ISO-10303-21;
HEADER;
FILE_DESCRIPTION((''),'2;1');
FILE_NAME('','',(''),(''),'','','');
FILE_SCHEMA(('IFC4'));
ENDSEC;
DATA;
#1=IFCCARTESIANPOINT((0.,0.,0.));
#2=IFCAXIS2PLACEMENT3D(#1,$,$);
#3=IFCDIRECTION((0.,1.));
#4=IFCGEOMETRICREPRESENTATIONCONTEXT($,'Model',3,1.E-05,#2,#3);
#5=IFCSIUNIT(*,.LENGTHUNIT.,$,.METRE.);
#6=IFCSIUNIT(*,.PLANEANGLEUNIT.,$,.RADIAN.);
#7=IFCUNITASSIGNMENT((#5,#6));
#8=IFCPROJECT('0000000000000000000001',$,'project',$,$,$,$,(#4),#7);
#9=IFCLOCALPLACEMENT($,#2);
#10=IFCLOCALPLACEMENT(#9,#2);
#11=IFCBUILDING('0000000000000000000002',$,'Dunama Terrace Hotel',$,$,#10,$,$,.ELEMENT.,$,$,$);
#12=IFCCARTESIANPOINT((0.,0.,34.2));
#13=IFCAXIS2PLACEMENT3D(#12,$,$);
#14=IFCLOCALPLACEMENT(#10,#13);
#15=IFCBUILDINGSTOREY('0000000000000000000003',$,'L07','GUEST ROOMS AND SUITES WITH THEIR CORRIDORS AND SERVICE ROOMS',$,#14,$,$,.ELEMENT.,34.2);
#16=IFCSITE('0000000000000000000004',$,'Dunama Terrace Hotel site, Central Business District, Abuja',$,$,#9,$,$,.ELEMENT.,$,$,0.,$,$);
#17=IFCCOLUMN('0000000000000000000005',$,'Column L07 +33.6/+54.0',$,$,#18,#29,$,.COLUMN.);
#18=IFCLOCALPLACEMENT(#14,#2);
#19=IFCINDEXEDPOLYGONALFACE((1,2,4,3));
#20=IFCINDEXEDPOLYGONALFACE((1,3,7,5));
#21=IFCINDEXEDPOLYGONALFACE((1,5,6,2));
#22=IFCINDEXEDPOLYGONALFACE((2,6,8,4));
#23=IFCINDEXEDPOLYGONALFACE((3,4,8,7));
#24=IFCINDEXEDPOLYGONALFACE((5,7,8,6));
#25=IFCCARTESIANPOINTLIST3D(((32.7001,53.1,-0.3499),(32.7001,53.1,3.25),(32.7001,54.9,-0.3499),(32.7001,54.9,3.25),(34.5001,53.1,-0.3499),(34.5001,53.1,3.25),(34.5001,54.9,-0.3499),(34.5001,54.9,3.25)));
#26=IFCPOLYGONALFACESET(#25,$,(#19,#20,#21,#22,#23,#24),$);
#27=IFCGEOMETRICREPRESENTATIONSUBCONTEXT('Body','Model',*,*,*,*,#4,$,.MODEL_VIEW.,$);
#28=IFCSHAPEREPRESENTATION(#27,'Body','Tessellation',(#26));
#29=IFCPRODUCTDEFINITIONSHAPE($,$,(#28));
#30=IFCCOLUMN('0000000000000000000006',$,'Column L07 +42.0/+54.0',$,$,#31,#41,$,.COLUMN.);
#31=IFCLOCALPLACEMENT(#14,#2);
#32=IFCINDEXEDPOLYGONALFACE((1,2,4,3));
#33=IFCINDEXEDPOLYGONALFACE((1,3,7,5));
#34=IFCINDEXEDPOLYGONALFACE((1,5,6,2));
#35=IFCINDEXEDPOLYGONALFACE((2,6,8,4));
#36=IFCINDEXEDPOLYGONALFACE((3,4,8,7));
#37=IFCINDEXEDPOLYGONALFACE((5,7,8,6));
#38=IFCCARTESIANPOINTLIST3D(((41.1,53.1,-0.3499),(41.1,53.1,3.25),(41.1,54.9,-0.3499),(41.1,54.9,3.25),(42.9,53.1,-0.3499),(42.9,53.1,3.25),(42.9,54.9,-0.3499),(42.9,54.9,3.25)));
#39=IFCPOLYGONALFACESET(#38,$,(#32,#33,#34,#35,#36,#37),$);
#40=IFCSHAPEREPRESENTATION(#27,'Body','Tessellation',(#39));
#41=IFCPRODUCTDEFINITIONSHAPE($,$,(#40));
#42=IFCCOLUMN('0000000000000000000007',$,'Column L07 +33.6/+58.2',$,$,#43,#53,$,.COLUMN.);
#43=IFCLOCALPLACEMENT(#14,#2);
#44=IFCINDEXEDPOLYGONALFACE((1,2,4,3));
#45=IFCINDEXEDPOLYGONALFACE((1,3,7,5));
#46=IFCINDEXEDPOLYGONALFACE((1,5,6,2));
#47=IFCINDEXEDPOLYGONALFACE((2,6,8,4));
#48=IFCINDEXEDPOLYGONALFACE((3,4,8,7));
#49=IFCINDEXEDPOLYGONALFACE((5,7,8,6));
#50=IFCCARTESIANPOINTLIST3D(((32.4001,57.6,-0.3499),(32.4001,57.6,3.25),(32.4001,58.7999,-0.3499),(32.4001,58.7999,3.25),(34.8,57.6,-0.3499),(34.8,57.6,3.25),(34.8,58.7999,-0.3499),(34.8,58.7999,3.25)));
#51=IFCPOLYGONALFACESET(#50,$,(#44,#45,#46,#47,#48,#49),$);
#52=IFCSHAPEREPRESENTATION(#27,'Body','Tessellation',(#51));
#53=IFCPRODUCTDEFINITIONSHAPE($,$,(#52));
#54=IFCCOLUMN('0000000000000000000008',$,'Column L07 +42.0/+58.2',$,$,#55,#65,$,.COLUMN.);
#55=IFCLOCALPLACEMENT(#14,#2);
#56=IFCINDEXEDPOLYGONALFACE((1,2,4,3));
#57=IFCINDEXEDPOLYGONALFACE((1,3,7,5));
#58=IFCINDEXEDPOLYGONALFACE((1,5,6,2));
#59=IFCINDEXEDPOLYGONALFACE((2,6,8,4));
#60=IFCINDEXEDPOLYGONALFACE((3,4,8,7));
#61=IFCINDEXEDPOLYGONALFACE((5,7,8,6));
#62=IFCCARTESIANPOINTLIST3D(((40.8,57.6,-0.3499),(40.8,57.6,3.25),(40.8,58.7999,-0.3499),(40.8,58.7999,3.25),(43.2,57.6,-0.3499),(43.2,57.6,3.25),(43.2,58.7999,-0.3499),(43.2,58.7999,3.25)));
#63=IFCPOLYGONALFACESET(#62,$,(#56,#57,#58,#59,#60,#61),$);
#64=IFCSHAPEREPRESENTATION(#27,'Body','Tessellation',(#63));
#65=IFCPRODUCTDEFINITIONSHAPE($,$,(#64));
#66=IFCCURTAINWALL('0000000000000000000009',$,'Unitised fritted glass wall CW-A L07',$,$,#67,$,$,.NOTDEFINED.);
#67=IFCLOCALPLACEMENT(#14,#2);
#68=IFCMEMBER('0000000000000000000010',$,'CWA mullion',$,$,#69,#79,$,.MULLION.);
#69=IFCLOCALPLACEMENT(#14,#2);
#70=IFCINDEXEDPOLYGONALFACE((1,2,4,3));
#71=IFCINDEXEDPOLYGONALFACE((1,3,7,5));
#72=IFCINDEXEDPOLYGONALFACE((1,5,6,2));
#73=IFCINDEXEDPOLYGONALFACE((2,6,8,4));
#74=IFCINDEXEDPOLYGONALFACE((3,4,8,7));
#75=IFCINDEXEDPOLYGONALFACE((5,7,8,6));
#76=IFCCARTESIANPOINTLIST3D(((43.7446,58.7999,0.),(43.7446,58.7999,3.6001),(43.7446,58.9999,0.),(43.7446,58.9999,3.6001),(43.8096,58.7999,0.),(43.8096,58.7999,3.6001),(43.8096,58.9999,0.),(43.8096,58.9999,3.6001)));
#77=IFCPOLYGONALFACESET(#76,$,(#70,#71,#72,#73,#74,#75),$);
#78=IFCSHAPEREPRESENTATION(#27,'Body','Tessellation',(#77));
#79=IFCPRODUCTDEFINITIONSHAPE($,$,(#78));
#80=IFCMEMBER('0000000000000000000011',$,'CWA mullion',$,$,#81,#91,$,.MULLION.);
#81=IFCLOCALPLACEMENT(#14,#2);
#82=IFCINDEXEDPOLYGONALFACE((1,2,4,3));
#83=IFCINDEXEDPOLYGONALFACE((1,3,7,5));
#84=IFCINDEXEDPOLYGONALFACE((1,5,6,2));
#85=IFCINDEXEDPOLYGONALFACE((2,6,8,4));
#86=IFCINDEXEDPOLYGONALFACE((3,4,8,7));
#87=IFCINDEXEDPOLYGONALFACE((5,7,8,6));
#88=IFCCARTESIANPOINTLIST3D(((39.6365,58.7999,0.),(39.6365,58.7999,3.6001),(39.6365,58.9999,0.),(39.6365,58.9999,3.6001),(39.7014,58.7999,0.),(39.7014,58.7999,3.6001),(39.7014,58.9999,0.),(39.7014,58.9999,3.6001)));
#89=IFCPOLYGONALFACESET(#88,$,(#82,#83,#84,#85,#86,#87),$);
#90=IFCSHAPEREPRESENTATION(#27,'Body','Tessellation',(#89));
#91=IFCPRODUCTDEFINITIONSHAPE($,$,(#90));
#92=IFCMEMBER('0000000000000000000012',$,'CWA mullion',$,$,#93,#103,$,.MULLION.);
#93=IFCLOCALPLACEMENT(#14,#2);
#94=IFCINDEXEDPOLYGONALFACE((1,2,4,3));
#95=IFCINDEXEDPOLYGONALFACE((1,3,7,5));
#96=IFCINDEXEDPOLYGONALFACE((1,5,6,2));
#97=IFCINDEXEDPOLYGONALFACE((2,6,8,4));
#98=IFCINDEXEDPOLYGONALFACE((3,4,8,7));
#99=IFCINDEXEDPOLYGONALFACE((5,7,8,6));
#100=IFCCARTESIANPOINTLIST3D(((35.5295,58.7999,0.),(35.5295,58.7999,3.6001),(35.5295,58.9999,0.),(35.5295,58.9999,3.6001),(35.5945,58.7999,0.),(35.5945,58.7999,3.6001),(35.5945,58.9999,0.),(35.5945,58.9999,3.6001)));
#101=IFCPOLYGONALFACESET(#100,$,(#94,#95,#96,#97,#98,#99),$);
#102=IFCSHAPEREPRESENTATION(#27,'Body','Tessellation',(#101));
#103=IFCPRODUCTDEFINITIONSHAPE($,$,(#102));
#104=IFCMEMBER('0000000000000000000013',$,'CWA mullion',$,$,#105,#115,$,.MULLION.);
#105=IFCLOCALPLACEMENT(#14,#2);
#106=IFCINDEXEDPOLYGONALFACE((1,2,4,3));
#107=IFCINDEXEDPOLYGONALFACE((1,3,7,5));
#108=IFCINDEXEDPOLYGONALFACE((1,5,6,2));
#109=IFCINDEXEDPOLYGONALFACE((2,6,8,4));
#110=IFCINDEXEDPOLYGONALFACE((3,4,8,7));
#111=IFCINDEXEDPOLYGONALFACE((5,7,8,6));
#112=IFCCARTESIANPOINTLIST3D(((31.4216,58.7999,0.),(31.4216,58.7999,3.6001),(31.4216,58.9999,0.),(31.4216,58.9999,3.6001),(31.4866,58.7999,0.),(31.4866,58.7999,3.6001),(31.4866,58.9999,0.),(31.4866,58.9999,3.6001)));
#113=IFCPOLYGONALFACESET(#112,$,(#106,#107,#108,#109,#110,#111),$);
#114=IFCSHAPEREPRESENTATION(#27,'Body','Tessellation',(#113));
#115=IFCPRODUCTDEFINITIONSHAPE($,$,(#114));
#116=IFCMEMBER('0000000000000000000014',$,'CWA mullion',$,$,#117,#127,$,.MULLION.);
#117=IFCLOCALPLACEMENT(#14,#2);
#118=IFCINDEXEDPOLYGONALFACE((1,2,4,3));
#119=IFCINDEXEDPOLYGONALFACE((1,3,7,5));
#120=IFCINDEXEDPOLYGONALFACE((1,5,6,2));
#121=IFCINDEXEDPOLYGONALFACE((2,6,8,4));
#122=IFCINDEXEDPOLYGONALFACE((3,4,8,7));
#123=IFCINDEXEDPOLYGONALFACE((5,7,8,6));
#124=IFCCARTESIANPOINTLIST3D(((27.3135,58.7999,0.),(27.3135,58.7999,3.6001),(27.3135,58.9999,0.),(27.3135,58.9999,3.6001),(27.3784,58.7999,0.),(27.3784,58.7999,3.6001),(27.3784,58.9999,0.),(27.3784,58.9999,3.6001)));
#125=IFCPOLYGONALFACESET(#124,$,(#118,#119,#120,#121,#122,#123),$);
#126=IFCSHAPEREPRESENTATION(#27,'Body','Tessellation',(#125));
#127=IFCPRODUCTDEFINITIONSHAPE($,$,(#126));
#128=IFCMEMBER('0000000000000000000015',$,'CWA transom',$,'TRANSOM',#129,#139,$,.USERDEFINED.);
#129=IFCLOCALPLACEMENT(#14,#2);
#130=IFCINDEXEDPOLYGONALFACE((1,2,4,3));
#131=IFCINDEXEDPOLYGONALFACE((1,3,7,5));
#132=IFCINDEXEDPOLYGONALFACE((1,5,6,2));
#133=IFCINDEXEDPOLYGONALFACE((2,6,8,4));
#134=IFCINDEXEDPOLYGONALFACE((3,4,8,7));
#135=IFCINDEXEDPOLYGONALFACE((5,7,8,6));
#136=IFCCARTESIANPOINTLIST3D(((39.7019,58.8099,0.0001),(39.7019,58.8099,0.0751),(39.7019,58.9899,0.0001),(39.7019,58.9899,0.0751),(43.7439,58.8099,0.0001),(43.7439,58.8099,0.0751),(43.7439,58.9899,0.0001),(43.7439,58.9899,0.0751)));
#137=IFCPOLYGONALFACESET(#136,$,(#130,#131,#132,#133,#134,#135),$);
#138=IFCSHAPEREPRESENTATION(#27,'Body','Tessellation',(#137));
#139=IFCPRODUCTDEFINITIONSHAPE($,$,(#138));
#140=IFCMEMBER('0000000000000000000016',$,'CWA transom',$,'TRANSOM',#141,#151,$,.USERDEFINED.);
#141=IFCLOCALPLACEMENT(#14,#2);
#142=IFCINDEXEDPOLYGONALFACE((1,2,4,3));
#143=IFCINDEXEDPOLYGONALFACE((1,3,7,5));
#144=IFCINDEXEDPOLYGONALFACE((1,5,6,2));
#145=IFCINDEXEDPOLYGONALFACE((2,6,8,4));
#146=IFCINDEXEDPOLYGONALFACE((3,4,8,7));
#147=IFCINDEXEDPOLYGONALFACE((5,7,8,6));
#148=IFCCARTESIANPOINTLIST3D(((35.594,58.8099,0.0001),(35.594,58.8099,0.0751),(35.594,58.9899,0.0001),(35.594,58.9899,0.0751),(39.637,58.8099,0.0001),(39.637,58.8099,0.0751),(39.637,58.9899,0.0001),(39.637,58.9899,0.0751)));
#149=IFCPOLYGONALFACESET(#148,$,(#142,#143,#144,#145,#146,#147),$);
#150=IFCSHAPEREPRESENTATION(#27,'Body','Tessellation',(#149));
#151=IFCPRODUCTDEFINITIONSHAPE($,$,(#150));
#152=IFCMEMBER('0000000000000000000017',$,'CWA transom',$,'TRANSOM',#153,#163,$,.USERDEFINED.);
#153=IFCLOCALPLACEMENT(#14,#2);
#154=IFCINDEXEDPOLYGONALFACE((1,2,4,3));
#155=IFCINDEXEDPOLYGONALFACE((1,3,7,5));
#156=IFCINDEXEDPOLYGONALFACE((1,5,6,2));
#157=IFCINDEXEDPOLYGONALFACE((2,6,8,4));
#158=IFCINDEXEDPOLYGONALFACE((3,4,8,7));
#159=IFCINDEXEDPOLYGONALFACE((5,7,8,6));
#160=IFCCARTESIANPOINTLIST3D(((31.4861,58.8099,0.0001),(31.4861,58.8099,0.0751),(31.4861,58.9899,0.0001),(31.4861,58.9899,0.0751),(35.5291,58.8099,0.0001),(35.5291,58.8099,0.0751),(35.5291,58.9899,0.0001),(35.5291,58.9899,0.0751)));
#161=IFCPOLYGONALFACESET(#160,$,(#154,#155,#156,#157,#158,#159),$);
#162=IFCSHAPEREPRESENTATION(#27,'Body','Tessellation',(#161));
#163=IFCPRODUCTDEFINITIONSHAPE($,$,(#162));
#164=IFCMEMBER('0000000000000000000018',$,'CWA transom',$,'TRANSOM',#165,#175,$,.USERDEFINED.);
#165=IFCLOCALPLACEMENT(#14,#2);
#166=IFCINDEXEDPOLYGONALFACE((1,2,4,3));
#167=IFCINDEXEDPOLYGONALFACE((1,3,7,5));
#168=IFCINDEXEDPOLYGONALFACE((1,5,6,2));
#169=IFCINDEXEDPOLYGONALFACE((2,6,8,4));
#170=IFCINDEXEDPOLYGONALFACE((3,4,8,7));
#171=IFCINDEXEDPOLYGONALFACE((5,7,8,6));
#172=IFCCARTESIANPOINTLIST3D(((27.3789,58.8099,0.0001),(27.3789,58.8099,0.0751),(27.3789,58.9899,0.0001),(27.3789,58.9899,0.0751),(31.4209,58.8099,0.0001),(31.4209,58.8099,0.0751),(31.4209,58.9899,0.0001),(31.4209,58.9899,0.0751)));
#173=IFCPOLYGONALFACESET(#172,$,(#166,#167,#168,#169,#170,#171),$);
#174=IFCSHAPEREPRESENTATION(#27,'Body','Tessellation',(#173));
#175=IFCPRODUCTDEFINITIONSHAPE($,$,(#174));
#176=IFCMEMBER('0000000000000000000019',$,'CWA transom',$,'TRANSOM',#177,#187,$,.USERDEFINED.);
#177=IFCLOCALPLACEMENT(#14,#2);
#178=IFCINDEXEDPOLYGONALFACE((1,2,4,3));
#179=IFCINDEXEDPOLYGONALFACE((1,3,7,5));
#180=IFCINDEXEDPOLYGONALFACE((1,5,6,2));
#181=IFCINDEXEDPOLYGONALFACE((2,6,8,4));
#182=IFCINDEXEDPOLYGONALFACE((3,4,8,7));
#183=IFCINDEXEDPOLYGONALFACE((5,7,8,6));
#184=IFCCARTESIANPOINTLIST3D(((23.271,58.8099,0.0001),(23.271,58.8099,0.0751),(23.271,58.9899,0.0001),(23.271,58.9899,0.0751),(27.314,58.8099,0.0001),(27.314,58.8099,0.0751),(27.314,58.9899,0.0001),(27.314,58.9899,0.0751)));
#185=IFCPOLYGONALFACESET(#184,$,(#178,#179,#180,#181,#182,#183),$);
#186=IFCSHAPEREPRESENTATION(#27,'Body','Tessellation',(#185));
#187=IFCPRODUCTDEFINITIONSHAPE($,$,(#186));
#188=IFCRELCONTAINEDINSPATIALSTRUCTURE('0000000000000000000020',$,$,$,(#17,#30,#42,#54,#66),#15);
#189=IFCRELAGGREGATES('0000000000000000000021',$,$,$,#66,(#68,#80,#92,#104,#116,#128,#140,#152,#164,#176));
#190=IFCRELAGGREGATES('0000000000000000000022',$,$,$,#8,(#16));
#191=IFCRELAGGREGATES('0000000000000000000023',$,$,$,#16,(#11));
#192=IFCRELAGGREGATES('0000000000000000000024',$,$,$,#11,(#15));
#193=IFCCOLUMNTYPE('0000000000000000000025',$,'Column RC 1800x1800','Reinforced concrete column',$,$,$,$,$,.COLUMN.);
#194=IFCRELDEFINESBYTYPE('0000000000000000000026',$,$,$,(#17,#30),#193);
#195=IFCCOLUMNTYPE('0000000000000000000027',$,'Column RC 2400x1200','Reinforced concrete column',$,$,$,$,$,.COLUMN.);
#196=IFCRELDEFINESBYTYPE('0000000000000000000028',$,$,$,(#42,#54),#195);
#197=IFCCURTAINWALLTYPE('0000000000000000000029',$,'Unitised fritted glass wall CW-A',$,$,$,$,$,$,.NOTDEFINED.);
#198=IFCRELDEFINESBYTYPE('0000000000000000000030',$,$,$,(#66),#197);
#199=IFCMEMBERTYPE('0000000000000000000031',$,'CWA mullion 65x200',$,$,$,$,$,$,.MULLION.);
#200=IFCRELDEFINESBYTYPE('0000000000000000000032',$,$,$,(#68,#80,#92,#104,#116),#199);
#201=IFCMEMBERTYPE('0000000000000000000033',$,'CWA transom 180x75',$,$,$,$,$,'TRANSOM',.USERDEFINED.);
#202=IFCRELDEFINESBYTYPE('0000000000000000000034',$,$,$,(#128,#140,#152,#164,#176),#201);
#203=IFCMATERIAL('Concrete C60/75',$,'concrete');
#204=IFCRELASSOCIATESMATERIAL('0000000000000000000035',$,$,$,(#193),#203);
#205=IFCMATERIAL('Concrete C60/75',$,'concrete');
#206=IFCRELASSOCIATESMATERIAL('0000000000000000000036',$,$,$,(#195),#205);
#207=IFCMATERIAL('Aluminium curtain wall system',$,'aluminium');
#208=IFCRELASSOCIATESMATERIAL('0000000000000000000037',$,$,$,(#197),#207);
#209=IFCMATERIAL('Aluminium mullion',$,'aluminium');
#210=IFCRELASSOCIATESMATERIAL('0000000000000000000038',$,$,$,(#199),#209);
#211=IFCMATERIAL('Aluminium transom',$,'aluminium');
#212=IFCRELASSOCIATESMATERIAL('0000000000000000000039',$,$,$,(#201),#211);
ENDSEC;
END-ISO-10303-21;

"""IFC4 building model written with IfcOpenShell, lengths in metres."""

from ifc_helpers import new_model, si_unit, direction, frame, origin, origin_2d, place, context, subcontext, project, spatial, rectangle, extrude, material, material_profile, profile_set, type_object, element, aggregate, save


model = new_model("IFC4")

# Units and contexts
model_context = context("Model", 3, precision=1e-05, world=origin(), true_north=direction((0.0, 1.0)))
body_context = subcontext(model_context, "Body", "Model", "MODEL_VIEW")
ifc_project = project(units=[si_unit("LENGTHUNIT", "METRE"), si_unit("PLANEANGLEUNIT", "RADIAN")], contexts=[model_context])

# Site, building, storey
site_placement = place(None, origin())
site = spatial("IfcSite", under=ifc_project, at=site_placement, Name="Dunama Terrace Hotel site, Central Business District, Abuja", CompositionType="ELEMENT", RefElevation=0.0)
building_placement = place(site_placement, origin())
building = spatial("IfcBuilding", under=site, at=building_placement, Name="Dunama Terrace Hotel", CompositionType="ELEMENT")
storey_placement = place(building_placement, frame((0.0, 0.0, 34.2)))
storey = spatial("IfcBuildingStorey", under=building, at=storey_placement, Name="L07", Description="GUEST ROOMS AND SUITES WITH THEIR CORRIDORS AND SERVICE ROOMS", CompositionType="ELEMENT", Elevation=34.2)

# Columns
ifc_material_1 = material(Name="Concrete C60/75", Category="concrete")
ifc_material_profile_1 = material_profile(ifc_material_1, rectangle(XDim=1.8, YDim=1.8, at=origin_2d()), Name="RC 1800x1800")
ifc_profile_set_1 = profile_set([ifc_material_profile_1], Name="Concrete C60/75")
column_type_1 = type_object("IfcColumnType", Name="Column RC 1800x1800", Description="Reinforced concrete column", PredefinedType="COLUMN", material=ifc_profile_set_1)
for number, where, z_axis, x_axis, name in (
    (1, (33.6001, 54.0, -0.3499), (0.0, 0.0, 1.0), (1.0, 0.0, 0.0), "Column L07 +33.6/+54.0"),
    (2, (42.0, 54.0, -0.3499), (0.0, 0.0, 1.0), (1.0, 0.0, 0.0), "Column L07 +42.0/+54.0"),
):
    element("IfcColumn", number, at=place(storey_placement, frame(where, z_axis=z_axis, x_axis=x_axis)), inside=storey, type_object=column_type_1, Name=name, PredefinedType="COLUMN", context=body_context, shape_type="SweptSolid", body=[
        extrude(rectangle(XDim=1.8, YDim=1.8, at=origin_2d()), origin(), (0.0, 0.0, 1.0), 3.5999),
    ])
ifc_material_2 = material(Name="Concrete C60/75", Category="concrete")
ifc_material_profile_2 = material_profile(ifc_material_2, rectangle(XDim=2.3999, YDim=1.2, at=origin_2d()), Name="RC 2400x1200")
ifc_profile_set_2 = profile_set([ifc_material_profile_2], Name="Concrete C60/75")
column_type_2 = type_object("IfcColumnType", Name="Column RC 2400x1200", Description="Reinforced concrete column", PredefinedType="COLUMN", material=ifc_profile_set_2)
for number, where, z_axis, x_axis, name in (
    (3, (33.6001, 58.2, -0.3499), (0.0, 0.0, 1.0), (1.0, 0.0, 0.0), "Column L07 +33.6/+58.2"),
    (4, (42.0, 58.2, -0.3499), (0.0, 0.0, 1.0), (1.0, 0.0, 0.0), "Column L07 +42.0/+58.2"),
):
    element("IfcColumn", number, at=place(storey_placement, frame(where, z_axis=z_axis, x_axis=x_axis)), inside=storey, type_object=column_type_2, Name=name, PredefinedType="COLUMN", context=body_context, shape_type="SweptSolid", body=[
        extrude(rectangle(XDim=2.3999, YDim=1.2, at=origin_2d()), origin(), (0.0, 0.0, 1.0), 3.5999),
    ])

# Curtain wall, members
ifc_material_3 = material(Name="Aluminium curtain wall system", Category="aluminium")
curtain_wall_type = type_object("IfcCurtainWallType", Name="Unitised fritted glass wall CW-A", PredefinedType="NOTDEFINED", material=ifc_material_3)
curtain_wall_placement = place(storey_placement, origin())
curtain_wall = element("IfcCurtainWall", 5, at=curtain_wall_placement, inside=storey, type_object=curtain_wall_type, Name="Unitised fritted glass wall CW-A L07", PredefinedType="NOTDEFINED")
ifc_material_4 = material(Name="Aluminium mullion", Category="aluminium")
ifc_material_profile_3 = material_profile(ifc_material_4, rectangle(XDim=0.0649, YDim=0.2, at=origin_2d()), Name="CWA MULLION 65X200")
ifc_profile_set_3 = profile_set([ifc_material_profile_3], Name="Aluminium mullion")
member_type_1 = type_object("IfcMemberType", Name="CWA mullion 65x200", PredefinedType="MULLION", material=ifc_profile_set_3)
member_1_placement = place(storey_placement, frame((43.7771, 58.8999, 0.0), z_axis=(0.0, 0.0, 1.0), x_axis=(-1.0, 0.0, 0.0)))
member_1 = element("IfcMember", 6, at=member_1_placement, type_object=member_type_1, Name="CWA mullion", PredefinedType="MULLION", context=body_context, shape_type="SweptSolid", body=[
    extrude(rectangle(XDim=0.0649, YDim=0.2, at=origin_2d()), origin(), (0.0, 0.0, 1.0), 3.6001),
])
member_2_placement = place(storey_placement, frame((39.6689, 58.8999, 0.0), z_axis=(0.0, 0.0, 1.0), x_axis=(-1.0, 0.0, 0.0)))
member_2 = element("IfcMember", 7, at=member_2_placement, type_object=member_type_1, Name="CWA mullion", PredefinedType="MULLION", context=body_context, shape_type="SweptSolid", body=[
    extrude(rectangle(XDim=0.0649, YDim=0.2, at=origin_2d()), origin(), (0.0, 0.0, 1.0), 3.6001),
])
member_3_placement = place(storey_placement, frame((35.562, 58.8999, 0.0), z_axis=(0.0, 0.0, 1.0), x_axis=(-1.0, 0.0, 0.0)))
member_3 = element("IfcMember", 8, at=member_3_placement, type_object=member_type_1, Name="CWA mullion", PredefinedType="MULLION", context=body_context, shape_type="SweptSolid", body=[
    extrude(rectangle(XDim=0.0649, YDim=0.2, at=origin_2d()), origin(), (0.0, 0.0, 1.0), 3.6001),
])
member_4_placement = place(storey_placement, frame((31.4541, 58.8999, 0.0), z_axis=(0.0, 0.0, 1.0), x_axis=(-1.0, 0.0, 0.0)))
member_4 = element("IfcMember", 9, at=member_4_placement, type_object=member_type_1, Name="CWA mullion", PredefinedType="MULLION", context=body_context, shape_type="SweptSolid", body=[
    extrude(rectangle(XDim=0.0649, YDim=0.2, at=origin_2d()), origin(), (0.0, 0.0, 1.0), 3.6001),
])
member_5_placement = place(storey_placement, frame((27.3459, 58.8999, 0.0), z_axis=(0.0, 0.0, 1.0), x_axis=(-1.0, 0.0, 0.0)))
member_5 = element("IfcMember", 10, at=member_5_placement, type_object=member_type_1, Name="CWA mullion", PredefinedType="MULLION", context=body_context, shape_type="SweptSolid", body=[
    extrude(rectangle(XDim=0.0649, YDim=0.2, at=origin_2d()), origin(), (0.0, 0.0, 1.0), 3.6001),
])
ifc_material_5 = material(Name="Aluminium transom", Category="aluminium")
ifc_material_profile_4 = material_profile(ifc_material_5, rectangle(XDim=0.1799, YDim=0.075, at=origin_2d()), Name="CWA TRANSOM 180X75")
ifc_profile_set_4 = profile_set([ifc_material_profile_4], Name="Aluminium transom")
member_type_2 = type_object("IfcMemberType", Name="CWA transom 180x75", ElementType="TRANSOM", PredefinedType="USERDEFINED", material=ifc_profile_set_4)
member_6_placement = place(storey_placement, frame((43.7439, 58.8999, 0.0376), z_axis=(-1.0, 0.0, 0.0), x_axis=(0.0, -1.0, 0.0)))
member_6 = element("IfcMember", 11, at=member_6_placement, type_object=member_type_2, Name="CWA transom", ObjectType="TRANSOM", PredefinedType="USERDEFINED", context=body_context, shape_type="SweptSolid", body=[
    extrude(rectangle(XDim=0.1799, YDim=0.075, at=origin_2d()), origin(), (0.0, 0.0, 1.0), 4.042),
])
member_7_placement = place(storey_placement, frame((39.637, 58.8999, 0.0376), z_axis=(-1.0, 0.0, 0.0), x_axis=(0.0, -1.0, 0.0)))
member_7 = element("IfcMember", 12, at=member_7_placement, type_object=member_type_2, Name="CWA transom", ObjectType="TRANSOM", PredefinedType="USERDEFINED", context=body_context, shape_type="SweptSolid", body=[
    extrude(rectangle(XDim=0.1799, YDim=0.075, at=origin_2d()), origin(), (0.0, 0.0, 1.0), 4.043),
])
member_8_placement = place(storey_placement, frame((35.5291, 58.8999, 0.0376), z_axis=(-1.0, 0.0, 0.0), x_axis=(0.0, -1.0, 0.0)))
member_8 = element("IfcMember", 13, at=member_8_placement, type_object=member_type_2, Name="CWA transom", ObjectType="TRANSOM", PredefinedType="USERDEFINED", context=body_context, shape_type="SweptSolid", body=[
    extrude(rectangle(XDim=0.1799, YDim=0.075, at=origin_2d()), origin(), (0.0, 0.0, 1.0), 4.043),
])
member_9_placement = place(storey_placement, frame((31.4209, 58.8999, 0.0376), z_axis=(-1.0, 0.0, 0.0), x_axis=(0.0, -1.0, 0.0)))
member_9 = element("IfcMember", 14, at=member_9_placement, type_object=member_type_2, Name="CWA transom", ObjectType="TRANSOM", PredefinedType="USERDEFINED", context=body_context, shape_type="SweptSolid", body=[
    extrude(rectangle(XDim=0.1799, YDim=0.075, at=origin_2d()), origin(), (0.0, 0.0, 1.0), 4.042),
])
member_10_placement = place(storey_placement, frame((27.314, 58.8999, 0.0376), z_axis=(-1.0, 0.0, 0.0), x_axis=(0.0, -1.0, 0.0)))
member_10 = element("IfcMember", 15, at=member_10_placement, type_object=member_type_2, Name="CWA transom", ObjectType="TRANSOM", PredefinedType="USERDEFINED", context=body_context, shape_type="SweptSolid", body=[
    extrude(rectangle(XDim=0.1799, YDim=0.075, at=origin_2d()), origin(), (0.0, 0.0, 1.0), 4.043),
])

aggregate(curtain_wall, [member_1, member_2, member_3, member_4, member_5, member_6, member_7, member_8, member_9, member_10])

save(model, "model.ifc")
